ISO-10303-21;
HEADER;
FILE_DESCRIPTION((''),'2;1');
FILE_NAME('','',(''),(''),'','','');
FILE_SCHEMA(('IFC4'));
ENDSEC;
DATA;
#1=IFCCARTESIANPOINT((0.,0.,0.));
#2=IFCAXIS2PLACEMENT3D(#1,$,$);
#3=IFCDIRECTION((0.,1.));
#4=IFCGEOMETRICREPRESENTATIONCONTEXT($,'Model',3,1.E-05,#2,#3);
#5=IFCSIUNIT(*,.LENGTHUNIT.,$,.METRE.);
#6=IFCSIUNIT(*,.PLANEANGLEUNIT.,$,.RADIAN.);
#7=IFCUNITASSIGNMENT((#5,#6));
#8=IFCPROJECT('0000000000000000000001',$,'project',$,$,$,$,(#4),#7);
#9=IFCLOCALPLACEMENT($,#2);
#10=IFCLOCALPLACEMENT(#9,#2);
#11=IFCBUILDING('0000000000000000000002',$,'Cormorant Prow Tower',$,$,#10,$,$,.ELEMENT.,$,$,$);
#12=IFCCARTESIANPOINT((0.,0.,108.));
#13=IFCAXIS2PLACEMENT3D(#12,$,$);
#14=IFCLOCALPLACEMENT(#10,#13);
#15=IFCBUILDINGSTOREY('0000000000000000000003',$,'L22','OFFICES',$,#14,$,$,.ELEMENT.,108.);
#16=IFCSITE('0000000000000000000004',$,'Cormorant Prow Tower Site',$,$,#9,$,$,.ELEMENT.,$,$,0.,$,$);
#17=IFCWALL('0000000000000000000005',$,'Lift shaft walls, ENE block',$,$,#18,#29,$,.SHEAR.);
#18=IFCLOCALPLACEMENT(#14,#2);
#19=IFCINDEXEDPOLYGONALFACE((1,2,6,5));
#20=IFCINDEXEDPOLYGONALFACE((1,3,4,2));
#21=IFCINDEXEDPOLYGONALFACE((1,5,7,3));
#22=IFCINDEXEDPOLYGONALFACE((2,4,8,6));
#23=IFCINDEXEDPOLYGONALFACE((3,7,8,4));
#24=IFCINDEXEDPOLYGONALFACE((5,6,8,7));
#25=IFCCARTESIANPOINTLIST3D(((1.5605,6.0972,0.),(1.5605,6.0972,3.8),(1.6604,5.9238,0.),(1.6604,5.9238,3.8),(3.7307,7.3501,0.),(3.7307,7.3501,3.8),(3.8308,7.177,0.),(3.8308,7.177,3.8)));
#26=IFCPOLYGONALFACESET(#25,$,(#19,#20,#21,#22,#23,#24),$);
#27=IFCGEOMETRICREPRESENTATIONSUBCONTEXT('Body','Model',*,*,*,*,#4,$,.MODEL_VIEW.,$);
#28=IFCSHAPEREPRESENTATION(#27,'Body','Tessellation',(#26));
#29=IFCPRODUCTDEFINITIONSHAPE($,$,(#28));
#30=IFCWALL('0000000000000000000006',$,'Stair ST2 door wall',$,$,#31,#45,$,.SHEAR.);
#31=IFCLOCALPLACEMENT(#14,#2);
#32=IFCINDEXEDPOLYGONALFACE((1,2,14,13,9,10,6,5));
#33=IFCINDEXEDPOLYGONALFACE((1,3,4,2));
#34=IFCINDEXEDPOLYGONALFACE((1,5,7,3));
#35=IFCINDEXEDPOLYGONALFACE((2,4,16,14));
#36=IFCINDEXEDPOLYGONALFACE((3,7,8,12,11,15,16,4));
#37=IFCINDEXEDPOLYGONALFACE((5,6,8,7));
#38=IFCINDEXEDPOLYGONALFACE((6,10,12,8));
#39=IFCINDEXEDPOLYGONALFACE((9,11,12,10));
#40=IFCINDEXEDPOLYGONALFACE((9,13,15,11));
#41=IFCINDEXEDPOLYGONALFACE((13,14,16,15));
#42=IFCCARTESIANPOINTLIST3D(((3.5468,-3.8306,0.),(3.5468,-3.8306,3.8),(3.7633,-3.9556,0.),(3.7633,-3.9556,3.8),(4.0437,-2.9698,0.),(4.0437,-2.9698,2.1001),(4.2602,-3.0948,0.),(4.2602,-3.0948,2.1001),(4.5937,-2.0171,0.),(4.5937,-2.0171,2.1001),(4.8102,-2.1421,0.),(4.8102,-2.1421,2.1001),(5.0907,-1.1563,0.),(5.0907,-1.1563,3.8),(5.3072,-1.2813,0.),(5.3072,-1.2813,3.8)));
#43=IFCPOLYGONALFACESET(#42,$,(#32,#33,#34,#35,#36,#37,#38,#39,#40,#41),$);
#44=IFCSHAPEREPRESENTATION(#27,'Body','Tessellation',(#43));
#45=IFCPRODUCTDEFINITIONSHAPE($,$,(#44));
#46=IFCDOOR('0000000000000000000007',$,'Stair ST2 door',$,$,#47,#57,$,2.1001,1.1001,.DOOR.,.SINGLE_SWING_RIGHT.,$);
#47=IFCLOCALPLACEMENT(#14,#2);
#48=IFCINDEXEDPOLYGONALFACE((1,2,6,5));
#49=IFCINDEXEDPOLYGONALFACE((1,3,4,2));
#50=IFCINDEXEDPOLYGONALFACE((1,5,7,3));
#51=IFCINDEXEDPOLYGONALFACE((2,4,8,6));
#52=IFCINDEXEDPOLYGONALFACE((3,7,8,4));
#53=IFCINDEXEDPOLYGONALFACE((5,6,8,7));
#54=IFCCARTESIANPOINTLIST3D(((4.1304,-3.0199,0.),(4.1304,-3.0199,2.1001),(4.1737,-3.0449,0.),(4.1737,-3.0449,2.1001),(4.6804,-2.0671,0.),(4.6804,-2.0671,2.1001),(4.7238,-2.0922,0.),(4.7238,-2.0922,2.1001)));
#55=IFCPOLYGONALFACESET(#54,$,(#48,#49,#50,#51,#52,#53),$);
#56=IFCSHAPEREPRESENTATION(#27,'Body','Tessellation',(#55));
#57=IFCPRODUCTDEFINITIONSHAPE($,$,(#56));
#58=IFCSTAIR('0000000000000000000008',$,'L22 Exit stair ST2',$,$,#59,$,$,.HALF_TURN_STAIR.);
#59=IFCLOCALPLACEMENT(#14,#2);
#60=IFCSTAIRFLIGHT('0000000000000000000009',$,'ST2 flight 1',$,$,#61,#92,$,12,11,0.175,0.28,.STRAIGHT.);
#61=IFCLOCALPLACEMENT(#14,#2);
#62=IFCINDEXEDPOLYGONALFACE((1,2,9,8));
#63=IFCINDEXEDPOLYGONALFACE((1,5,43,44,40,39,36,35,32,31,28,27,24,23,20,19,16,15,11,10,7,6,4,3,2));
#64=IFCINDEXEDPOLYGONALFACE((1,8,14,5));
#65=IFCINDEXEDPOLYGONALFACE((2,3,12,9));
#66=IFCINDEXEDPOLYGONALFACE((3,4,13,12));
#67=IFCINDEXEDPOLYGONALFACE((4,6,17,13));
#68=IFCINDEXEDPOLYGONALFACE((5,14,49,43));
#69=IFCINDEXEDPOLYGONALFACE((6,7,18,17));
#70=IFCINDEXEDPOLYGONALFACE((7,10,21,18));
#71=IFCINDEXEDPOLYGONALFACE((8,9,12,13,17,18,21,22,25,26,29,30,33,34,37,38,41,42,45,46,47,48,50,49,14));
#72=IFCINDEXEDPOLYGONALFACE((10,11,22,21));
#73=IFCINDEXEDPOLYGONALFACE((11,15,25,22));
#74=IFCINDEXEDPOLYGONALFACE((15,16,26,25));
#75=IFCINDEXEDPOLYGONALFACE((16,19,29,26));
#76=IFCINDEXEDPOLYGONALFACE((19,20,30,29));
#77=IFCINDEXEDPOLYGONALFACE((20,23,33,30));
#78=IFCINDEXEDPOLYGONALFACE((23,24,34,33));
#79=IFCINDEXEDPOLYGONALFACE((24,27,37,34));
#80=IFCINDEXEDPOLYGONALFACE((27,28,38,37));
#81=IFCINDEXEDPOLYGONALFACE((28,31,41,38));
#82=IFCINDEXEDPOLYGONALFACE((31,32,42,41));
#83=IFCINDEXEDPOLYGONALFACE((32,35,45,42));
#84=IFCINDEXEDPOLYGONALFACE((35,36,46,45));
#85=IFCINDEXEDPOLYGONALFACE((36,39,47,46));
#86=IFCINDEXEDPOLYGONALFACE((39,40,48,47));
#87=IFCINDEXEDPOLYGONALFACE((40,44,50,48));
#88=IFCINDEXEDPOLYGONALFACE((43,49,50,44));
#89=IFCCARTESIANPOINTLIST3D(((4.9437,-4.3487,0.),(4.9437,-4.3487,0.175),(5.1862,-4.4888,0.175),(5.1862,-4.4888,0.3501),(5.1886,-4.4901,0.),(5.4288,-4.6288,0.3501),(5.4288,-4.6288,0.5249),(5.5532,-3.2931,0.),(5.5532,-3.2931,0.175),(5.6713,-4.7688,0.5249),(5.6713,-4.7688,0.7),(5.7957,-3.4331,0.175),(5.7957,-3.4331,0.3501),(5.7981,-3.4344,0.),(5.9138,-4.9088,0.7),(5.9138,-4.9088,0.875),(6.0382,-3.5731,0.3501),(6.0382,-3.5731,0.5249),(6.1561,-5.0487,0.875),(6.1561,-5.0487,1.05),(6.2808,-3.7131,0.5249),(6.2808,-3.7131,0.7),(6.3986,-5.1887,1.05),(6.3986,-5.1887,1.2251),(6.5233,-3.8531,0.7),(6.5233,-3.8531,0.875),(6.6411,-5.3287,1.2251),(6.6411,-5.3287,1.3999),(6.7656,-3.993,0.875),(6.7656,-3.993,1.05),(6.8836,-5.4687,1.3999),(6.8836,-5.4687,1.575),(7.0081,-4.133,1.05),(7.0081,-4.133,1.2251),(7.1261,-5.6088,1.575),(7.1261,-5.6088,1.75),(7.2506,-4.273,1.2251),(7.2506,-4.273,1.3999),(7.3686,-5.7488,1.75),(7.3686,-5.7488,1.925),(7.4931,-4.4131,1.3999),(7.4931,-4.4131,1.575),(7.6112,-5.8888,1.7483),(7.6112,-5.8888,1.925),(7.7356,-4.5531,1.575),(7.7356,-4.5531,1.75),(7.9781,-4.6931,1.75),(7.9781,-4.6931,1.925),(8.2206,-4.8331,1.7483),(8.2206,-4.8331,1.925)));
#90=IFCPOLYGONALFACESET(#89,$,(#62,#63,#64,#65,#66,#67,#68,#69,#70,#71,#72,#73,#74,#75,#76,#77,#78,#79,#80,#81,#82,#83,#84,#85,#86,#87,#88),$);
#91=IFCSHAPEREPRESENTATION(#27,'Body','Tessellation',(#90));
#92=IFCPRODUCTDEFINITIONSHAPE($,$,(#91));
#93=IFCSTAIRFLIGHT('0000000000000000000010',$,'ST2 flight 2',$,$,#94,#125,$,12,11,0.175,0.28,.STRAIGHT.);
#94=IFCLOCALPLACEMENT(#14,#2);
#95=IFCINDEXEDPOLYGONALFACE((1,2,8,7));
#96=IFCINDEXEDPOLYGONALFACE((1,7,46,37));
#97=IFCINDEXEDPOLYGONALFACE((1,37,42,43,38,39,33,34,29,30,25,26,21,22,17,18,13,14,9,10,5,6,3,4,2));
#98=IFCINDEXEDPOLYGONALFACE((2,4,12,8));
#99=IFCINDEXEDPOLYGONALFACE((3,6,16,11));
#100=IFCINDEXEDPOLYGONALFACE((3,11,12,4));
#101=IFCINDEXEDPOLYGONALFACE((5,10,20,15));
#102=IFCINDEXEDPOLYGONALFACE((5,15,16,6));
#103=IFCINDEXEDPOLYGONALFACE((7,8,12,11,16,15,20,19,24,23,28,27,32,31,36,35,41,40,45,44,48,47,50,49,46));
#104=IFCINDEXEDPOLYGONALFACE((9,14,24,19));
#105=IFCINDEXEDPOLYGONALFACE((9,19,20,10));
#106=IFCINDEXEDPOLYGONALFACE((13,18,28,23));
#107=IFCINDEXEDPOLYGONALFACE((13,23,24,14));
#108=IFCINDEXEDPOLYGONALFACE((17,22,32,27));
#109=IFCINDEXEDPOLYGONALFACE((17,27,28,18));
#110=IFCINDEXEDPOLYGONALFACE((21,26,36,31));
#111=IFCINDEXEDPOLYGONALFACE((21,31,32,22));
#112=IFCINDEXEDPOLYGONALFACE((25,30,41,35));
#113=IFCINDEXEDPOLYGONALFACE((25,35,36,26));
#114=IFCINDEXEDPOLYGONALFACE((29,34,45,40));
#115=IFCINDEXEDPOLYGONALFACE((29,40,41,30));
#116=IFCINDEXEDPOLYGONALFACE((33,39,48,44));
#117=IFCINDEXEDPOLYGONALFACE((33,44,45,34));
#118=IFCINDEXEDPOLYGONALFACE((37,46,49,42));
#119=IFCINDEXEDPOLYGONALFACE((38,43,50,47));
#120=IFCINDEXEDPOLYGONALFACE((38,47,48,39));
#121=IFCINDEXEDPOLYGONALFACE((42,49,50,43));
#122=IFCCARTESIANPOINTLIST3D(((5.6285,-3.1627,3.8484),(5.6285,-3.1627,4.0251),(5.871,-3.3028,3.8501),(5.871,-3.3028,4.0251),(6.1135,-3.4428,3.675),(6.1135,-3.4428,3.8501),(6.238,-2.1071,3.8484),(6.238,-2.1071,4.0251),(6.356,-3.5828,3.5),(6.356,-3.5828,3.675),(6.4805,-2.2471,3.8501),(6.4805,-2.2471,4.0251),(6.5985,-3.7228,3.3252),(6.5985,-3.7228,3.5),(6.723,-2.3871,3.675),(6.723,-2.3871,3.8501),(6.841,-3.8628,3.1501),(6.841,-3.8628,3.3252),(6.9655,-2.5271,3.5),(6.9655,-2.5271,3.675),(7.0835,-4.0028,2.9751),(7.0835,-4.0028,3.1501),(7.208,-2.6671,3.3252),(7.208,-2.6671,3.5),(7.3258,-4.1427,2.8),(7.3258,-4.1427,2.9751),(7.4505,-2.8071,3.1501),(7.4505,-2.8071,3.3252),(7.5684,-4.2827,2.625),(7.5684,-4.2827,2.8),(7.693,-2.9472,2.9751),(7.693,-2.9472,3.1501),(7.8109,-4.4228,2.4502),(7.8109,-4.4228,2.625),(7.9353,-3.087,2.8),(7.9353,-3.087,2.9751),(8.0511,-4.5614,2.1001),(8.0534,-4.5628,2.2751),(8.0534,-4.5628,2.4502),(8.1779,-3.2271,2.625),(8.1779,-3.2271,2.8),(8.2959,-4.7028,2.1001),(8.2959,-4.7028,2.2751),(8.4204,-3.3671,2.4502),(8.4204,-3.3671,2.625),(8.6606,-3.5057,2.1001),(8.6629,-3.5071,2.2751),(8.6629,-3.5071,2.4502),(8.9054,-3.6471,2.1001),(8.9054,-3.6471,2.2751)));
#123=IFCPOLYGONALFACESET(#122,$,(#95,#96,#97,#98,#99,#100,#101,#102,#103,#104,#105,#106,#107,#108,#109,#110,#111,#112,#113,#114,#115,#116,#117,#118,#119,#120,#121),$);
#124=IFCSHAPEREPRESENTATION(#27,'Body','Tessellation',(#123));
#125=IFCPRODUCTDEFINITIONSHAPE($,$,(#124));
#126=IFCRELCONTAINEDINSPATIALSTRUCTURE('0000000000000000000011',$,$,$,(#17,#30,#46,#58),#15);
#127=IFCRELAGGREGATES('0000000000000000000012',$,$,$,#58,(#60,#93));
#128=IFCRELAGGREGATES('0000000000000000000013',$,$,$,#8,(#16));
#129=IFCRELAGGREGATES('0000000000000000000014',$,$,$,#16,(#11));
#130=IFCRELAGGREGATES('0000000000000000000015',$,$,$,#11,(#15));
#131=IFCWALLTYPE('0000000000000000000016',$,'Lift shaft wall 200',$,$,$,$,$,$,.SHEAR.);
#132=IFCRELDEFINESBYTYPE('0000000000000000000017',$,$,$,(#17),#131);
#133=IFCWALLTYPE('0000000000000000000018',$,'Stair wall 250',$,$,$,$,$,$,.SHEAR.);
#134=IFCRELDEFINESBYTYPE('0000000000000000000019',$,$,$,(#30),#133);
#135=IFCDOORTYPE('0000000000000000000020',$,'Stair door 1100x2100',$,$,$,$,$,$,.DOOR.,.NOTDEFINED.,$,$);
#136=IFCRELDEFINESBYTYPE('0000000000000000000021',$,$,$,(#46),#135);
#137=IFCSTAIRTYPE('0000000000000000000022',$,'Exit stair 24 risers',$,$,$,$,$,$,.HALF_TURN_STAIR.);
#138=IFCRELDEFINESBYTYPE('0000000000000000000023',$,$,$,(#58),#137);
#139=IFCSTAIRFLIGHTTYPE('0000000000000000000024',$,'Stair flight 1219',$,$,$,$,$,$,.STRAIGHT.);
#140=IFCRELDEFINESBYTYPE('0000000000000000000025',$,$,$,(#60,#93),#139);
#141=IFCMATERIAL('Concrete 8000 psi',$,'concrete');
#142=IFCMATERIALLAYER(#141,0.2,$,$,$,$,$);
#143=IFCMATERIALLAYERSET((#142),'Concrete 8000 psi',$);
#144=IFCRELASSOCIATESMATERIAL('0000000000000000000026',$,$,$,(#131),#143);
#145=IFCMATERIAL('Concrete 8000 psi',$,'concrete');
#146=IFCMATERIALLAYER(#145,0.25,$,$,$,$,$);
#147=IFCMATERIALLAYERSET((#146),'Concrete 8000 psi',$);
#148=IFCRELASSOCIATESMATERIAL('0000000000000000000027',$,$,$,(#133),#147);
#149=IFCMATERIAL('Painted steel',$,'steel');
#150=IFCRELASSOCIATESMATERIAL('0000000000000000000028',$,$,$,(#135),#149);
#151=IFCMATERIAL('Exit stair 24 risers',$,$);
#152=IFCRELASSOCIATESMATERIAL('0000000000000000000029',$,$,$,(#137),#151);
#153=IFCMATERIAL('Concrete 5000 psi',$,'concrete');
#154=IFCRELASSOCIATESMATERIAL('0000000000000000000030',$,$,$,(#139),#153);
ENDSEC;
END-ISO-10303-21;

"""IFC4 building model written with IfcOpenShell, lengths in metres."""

from ifc_helpers import new_model, si_unit, direction, frame, frame_2d, origin, place, context, subcontext, project, spatial, polyline, rectangle, outline, extrude, material, layer, layer_set, type_object, element, fill, aggregate, save


model = new_model("IFC4")

# Units and contexts
model_context = context("Model", 3, precision=1e-05, world=origin(), true_north=direction((0.0, 1.0)))
body_context = subcontext(model_context, "Body", "Model", "MODEL_VIEW")
ifc_project = project(units=[si_unit("LENGTHUNIT", "METRE"), si_unit("PLANEANGLEUNIT", "RADIAN")], contexts=[model_context])

# Site, building, storey
site_placement = place(None, origin())
site = spatial("IfcSite", under=ifc_project, at=site_placement, Name="Cormorant Prow Tower Site", CompositionType="ELEMENT", RefElevation=0.0)
building_placement = place(site_placement, origin())
building = spatial("IfcBuilding", under=site, at=building_placement, Name="Cormorant Prow Tower", CompositionType="ELEMENT")
storey_placement = place(building_placement, frame((0.0, 0.0, 108.0)))
storey = spatial("IfcBuildingStorey", under=building, at=storey_placement, Name="L22", Description="OFFICES", CompositionType="ELEMENT", Elevation=108.0)

# Wall
ifc_material_1 = material(Name="Concrete 8000 psi", Category="concrete")
ifc_layer_1 = layer(ifc_material_1, 0.2)
ifc_layer_set_1 = layer_set([ifc_layer_1], Name="Concrete 8000 psi")
wall_type_1 = type_object("IfcWallType", Name="Lift shaft wall 200", PredefinedType="SHEAR", material=ifc_layer_set_1)
wall_1_placement = place(storey_placement, origin())
element("IfcWall", 1, at=wall_1_placement, inside=storey, type_object=wall_type_1, Name="Lift shaft walls, ENE block", PredefinedType="SHEAR", context=body_context, shape_type="SweptSolid", body=[
    extrude(outline(polyline([(1.5605, 6.0972), (3.7307, 7.3501), (3.8308, 7.177), (1.6604, 5.9238), (1.5605, 6.0972)])), origin(), (0.0, 0.0, 1.0), 3.8),
])

# Wall, opening, door
ifc_material_2 = material(Name="Concrete 8000 psi", Category="concrete")
ifc_layer_2 = layer(ifc_material_2, 0.25)
ifc_layer_set_2 = layer_set([ifc_layer_2], Name="Concrete 8000 psi")
wall_type_2 = type_object("IfcWallType", Name="Stair wall 250", PredefinedType="SHEAR", material=ifc_layer_set_2)
wall_2_placement = place(storey_placement, frame((3.655, -3.8931, 0.0), z_axis=(0.0, 0.0, 1.0), x_axis=(0.499983, 0.866035, 0.0)))
wall_2 = element("IfcWall", 2, at=wall_2_placement, inside=storey, type_object=wall_type_2, Name="Stair ST2 door wall", PredefinedType="SHEAR", context=body_context, shape_type="SweptSolid", body=[
    extrude(rectangle(XDim=3.0879, YDim=0.25, at=frame_2d((1.5439, 0.0))), origin(), (0.0, 0.0, 1.0), 3.8),
])
opening_1_placement = place(wall_2_placement, frame((0.9939, 0.0, 0.0)))
opening_1 = element("IfcOpeningElement", 3, at=opening_1_placement, cuts=wall_2, PredefinedType="OPENING", context=body_context, shape_type="SweptSolid", body=[
    extrude(rectangle(XDim=1.1001, YDim=2.1001, at=frame_2d((0.55, 1.05))), frame((0.0, 0.135, 0.0), z_axis=(0.0, -1.0, 0.0), x_axis=(1.0, 0.0, 0.0)), (0.0, 0.0, 1.0), 0.27),
])
ifc_material_3 = material(Name="Painted steel", Category="steel")
door_type_1 = type_object("IfcDoorType", Name="Stair door 1100x2100", OperationType="NOTDEFINED", PredefinedType="DOOR", material=ifc_material_3)
door_1_placement = place(opening_1_placement, origin())
door_1 = element("IfcDoor", 4, at=door_1_placement, inside=storey, type_object=door_type_1, Name="Stair ST2 door", OperationType="SINGLE_SWING_RIGHT", OverallHeight=2.1001, OverallWidth=1.1001, PredefinedType="DOOR", context=body_context, shape_type="SweptSolid", body=[
    extrude(rectangle(XDim=1.1001, YDim=2.1001, at=frame_2d((0.55, 1.05))), frame((0.0, 0.0249, 0.0), z_axis=(0.0, -1.0, 0.0), x_axis=(1.0, 0.0, 0.0)), (0.0, 0.0, 1.0), 0.05),
])
fill(opening_1, door_1)

# Stair, stair flights
ifc_material_4 = material(Name="Exit stair 24 risers")
stair_type = type_object("IfcStairType", Name="Exit stair 24 risers", PredefinedType="HALF_TURN_STAIR", material=ifc_material_4)
stair_placement = place(storey_placement, origin())
stair = element("IfcStair", 5, at=stair_placement, inside=storey, type_object=stair_type, Name="L22 Exit stair ST2", PredefinedType="HALF_TURN_STAIR")
ifc_material_5 = material(Name="Concrete 5000 psi", Category="concrete")
stair_flight_type = type_object("IfcStairFlightType", Name="Stair flight 1219", PredefinedType="STRAIGHT", material=ifc_material_5)
stair_flight_1_placement = place(storey_placement, frame((5.2485, -3.8208, 0.0), z_axis=(0.0, 0.0, 1.0), x_axis=(0.866025, -0.5, 0.0)))
stair_flight_1 = element("IfcStairFlight", 6, at=stair_flight_1_placement, type_object=stair_flight_type, Name="ST2 flight 1", NumberOfRisers=12, NumberOfTreads=11, PredefinedType="STRAIGHT", RiserHeight=0.175, TreadLength=0.28, context=body_context, shape_type="SweptSolid", body=[
    extrude(outline(polyline([(0.0, 0.0), (0.0, 0.175), (0.28, 0.175), (0.28, 0.3501), (0.5601, 0.3501), (0.5601, 0.5249), (0.8401, 0.5249), (0.8401, 0.7), (1.1201, 0.7), (1.1201, 0.875), (1.3999, 0.875), (1.3999, 1.05), (1.6799, 1.05), (1.6799, 1.2251), (1.96, 1.2251), (1.96, 1.3999), (2.24, 1.3999), (2.24, 1.575), (2.52, 1.575), (2.52, 1.75), (2.8, 1.75), (2.8, 1.925), (3.0801, 1.925), (3.0801, 2.1001), (3.0801, 1.7483), (0.2827, 0.0), (0.0, 0.0)])), frame((0.0, 0.6094, 0.0), z_axis=(0.0, -1.0, 0.0), x_axis=(1.0, 0.0, 0.0)), (0.0, 0.0, 1.0), 1.219),
])
stair_flight_2_placement = place(storey_placement, frame((8.6006, -4.175, 2.1001), z_axis=(0.0, 0.0, 1.0), x_axis=(-0.866025, 0.5, 0.0)))
stair_flight_2 = element("IfcStairFlight", 7, at=stair_flight_2_placement, type_object=stair_flight_type, Name="ST2 flight 2", NumberOfRisers=12, NumberOfTreads=11, PredefinedType="STRAIGHT", RiserHeight=0.175, TreadLength=0.28, context=body_context, shape_type="SweptSolid", body=[
    extrude(outline(polyline([(0.0, 0.0), (0.0, 0.175), (0.28, 0.175), (0.28, 0.3501), (0.5601, 0.3501), (0.5601, 0.5249), (0.8401, 0.5249), (0.8401, 0.7), (1.1201, 0.7), (1.1201, 0.875), (1.3999, 0.875), (1.3999, 1.05), (1.6799, 1.05), (1.6799, 1.2251), (1.96, 1.2251), (1.96, 1.3999), (2.24, 1.3999), (2.24, 1.575), (2.52, 1.575), (2.52, 1.75), (2.8, 1.75), (2.8, 1.925), (3.0801, 1.925), (3.0801, 2.1001), (3.0801, 1.7483), (0.2827, 0.0), (0.0, 0.0)])), frame((0.0, 0.6094, 0.0), z_axis=(0.0, -1.0, 0.0), x_axis=(1.0, 0.0, 0.0)), (0.0, 0.0, 1.0), 1.219),
])
aggregate(stair, [stair_flight_1, stair_flight_2])

save(model, "model.ifc")
